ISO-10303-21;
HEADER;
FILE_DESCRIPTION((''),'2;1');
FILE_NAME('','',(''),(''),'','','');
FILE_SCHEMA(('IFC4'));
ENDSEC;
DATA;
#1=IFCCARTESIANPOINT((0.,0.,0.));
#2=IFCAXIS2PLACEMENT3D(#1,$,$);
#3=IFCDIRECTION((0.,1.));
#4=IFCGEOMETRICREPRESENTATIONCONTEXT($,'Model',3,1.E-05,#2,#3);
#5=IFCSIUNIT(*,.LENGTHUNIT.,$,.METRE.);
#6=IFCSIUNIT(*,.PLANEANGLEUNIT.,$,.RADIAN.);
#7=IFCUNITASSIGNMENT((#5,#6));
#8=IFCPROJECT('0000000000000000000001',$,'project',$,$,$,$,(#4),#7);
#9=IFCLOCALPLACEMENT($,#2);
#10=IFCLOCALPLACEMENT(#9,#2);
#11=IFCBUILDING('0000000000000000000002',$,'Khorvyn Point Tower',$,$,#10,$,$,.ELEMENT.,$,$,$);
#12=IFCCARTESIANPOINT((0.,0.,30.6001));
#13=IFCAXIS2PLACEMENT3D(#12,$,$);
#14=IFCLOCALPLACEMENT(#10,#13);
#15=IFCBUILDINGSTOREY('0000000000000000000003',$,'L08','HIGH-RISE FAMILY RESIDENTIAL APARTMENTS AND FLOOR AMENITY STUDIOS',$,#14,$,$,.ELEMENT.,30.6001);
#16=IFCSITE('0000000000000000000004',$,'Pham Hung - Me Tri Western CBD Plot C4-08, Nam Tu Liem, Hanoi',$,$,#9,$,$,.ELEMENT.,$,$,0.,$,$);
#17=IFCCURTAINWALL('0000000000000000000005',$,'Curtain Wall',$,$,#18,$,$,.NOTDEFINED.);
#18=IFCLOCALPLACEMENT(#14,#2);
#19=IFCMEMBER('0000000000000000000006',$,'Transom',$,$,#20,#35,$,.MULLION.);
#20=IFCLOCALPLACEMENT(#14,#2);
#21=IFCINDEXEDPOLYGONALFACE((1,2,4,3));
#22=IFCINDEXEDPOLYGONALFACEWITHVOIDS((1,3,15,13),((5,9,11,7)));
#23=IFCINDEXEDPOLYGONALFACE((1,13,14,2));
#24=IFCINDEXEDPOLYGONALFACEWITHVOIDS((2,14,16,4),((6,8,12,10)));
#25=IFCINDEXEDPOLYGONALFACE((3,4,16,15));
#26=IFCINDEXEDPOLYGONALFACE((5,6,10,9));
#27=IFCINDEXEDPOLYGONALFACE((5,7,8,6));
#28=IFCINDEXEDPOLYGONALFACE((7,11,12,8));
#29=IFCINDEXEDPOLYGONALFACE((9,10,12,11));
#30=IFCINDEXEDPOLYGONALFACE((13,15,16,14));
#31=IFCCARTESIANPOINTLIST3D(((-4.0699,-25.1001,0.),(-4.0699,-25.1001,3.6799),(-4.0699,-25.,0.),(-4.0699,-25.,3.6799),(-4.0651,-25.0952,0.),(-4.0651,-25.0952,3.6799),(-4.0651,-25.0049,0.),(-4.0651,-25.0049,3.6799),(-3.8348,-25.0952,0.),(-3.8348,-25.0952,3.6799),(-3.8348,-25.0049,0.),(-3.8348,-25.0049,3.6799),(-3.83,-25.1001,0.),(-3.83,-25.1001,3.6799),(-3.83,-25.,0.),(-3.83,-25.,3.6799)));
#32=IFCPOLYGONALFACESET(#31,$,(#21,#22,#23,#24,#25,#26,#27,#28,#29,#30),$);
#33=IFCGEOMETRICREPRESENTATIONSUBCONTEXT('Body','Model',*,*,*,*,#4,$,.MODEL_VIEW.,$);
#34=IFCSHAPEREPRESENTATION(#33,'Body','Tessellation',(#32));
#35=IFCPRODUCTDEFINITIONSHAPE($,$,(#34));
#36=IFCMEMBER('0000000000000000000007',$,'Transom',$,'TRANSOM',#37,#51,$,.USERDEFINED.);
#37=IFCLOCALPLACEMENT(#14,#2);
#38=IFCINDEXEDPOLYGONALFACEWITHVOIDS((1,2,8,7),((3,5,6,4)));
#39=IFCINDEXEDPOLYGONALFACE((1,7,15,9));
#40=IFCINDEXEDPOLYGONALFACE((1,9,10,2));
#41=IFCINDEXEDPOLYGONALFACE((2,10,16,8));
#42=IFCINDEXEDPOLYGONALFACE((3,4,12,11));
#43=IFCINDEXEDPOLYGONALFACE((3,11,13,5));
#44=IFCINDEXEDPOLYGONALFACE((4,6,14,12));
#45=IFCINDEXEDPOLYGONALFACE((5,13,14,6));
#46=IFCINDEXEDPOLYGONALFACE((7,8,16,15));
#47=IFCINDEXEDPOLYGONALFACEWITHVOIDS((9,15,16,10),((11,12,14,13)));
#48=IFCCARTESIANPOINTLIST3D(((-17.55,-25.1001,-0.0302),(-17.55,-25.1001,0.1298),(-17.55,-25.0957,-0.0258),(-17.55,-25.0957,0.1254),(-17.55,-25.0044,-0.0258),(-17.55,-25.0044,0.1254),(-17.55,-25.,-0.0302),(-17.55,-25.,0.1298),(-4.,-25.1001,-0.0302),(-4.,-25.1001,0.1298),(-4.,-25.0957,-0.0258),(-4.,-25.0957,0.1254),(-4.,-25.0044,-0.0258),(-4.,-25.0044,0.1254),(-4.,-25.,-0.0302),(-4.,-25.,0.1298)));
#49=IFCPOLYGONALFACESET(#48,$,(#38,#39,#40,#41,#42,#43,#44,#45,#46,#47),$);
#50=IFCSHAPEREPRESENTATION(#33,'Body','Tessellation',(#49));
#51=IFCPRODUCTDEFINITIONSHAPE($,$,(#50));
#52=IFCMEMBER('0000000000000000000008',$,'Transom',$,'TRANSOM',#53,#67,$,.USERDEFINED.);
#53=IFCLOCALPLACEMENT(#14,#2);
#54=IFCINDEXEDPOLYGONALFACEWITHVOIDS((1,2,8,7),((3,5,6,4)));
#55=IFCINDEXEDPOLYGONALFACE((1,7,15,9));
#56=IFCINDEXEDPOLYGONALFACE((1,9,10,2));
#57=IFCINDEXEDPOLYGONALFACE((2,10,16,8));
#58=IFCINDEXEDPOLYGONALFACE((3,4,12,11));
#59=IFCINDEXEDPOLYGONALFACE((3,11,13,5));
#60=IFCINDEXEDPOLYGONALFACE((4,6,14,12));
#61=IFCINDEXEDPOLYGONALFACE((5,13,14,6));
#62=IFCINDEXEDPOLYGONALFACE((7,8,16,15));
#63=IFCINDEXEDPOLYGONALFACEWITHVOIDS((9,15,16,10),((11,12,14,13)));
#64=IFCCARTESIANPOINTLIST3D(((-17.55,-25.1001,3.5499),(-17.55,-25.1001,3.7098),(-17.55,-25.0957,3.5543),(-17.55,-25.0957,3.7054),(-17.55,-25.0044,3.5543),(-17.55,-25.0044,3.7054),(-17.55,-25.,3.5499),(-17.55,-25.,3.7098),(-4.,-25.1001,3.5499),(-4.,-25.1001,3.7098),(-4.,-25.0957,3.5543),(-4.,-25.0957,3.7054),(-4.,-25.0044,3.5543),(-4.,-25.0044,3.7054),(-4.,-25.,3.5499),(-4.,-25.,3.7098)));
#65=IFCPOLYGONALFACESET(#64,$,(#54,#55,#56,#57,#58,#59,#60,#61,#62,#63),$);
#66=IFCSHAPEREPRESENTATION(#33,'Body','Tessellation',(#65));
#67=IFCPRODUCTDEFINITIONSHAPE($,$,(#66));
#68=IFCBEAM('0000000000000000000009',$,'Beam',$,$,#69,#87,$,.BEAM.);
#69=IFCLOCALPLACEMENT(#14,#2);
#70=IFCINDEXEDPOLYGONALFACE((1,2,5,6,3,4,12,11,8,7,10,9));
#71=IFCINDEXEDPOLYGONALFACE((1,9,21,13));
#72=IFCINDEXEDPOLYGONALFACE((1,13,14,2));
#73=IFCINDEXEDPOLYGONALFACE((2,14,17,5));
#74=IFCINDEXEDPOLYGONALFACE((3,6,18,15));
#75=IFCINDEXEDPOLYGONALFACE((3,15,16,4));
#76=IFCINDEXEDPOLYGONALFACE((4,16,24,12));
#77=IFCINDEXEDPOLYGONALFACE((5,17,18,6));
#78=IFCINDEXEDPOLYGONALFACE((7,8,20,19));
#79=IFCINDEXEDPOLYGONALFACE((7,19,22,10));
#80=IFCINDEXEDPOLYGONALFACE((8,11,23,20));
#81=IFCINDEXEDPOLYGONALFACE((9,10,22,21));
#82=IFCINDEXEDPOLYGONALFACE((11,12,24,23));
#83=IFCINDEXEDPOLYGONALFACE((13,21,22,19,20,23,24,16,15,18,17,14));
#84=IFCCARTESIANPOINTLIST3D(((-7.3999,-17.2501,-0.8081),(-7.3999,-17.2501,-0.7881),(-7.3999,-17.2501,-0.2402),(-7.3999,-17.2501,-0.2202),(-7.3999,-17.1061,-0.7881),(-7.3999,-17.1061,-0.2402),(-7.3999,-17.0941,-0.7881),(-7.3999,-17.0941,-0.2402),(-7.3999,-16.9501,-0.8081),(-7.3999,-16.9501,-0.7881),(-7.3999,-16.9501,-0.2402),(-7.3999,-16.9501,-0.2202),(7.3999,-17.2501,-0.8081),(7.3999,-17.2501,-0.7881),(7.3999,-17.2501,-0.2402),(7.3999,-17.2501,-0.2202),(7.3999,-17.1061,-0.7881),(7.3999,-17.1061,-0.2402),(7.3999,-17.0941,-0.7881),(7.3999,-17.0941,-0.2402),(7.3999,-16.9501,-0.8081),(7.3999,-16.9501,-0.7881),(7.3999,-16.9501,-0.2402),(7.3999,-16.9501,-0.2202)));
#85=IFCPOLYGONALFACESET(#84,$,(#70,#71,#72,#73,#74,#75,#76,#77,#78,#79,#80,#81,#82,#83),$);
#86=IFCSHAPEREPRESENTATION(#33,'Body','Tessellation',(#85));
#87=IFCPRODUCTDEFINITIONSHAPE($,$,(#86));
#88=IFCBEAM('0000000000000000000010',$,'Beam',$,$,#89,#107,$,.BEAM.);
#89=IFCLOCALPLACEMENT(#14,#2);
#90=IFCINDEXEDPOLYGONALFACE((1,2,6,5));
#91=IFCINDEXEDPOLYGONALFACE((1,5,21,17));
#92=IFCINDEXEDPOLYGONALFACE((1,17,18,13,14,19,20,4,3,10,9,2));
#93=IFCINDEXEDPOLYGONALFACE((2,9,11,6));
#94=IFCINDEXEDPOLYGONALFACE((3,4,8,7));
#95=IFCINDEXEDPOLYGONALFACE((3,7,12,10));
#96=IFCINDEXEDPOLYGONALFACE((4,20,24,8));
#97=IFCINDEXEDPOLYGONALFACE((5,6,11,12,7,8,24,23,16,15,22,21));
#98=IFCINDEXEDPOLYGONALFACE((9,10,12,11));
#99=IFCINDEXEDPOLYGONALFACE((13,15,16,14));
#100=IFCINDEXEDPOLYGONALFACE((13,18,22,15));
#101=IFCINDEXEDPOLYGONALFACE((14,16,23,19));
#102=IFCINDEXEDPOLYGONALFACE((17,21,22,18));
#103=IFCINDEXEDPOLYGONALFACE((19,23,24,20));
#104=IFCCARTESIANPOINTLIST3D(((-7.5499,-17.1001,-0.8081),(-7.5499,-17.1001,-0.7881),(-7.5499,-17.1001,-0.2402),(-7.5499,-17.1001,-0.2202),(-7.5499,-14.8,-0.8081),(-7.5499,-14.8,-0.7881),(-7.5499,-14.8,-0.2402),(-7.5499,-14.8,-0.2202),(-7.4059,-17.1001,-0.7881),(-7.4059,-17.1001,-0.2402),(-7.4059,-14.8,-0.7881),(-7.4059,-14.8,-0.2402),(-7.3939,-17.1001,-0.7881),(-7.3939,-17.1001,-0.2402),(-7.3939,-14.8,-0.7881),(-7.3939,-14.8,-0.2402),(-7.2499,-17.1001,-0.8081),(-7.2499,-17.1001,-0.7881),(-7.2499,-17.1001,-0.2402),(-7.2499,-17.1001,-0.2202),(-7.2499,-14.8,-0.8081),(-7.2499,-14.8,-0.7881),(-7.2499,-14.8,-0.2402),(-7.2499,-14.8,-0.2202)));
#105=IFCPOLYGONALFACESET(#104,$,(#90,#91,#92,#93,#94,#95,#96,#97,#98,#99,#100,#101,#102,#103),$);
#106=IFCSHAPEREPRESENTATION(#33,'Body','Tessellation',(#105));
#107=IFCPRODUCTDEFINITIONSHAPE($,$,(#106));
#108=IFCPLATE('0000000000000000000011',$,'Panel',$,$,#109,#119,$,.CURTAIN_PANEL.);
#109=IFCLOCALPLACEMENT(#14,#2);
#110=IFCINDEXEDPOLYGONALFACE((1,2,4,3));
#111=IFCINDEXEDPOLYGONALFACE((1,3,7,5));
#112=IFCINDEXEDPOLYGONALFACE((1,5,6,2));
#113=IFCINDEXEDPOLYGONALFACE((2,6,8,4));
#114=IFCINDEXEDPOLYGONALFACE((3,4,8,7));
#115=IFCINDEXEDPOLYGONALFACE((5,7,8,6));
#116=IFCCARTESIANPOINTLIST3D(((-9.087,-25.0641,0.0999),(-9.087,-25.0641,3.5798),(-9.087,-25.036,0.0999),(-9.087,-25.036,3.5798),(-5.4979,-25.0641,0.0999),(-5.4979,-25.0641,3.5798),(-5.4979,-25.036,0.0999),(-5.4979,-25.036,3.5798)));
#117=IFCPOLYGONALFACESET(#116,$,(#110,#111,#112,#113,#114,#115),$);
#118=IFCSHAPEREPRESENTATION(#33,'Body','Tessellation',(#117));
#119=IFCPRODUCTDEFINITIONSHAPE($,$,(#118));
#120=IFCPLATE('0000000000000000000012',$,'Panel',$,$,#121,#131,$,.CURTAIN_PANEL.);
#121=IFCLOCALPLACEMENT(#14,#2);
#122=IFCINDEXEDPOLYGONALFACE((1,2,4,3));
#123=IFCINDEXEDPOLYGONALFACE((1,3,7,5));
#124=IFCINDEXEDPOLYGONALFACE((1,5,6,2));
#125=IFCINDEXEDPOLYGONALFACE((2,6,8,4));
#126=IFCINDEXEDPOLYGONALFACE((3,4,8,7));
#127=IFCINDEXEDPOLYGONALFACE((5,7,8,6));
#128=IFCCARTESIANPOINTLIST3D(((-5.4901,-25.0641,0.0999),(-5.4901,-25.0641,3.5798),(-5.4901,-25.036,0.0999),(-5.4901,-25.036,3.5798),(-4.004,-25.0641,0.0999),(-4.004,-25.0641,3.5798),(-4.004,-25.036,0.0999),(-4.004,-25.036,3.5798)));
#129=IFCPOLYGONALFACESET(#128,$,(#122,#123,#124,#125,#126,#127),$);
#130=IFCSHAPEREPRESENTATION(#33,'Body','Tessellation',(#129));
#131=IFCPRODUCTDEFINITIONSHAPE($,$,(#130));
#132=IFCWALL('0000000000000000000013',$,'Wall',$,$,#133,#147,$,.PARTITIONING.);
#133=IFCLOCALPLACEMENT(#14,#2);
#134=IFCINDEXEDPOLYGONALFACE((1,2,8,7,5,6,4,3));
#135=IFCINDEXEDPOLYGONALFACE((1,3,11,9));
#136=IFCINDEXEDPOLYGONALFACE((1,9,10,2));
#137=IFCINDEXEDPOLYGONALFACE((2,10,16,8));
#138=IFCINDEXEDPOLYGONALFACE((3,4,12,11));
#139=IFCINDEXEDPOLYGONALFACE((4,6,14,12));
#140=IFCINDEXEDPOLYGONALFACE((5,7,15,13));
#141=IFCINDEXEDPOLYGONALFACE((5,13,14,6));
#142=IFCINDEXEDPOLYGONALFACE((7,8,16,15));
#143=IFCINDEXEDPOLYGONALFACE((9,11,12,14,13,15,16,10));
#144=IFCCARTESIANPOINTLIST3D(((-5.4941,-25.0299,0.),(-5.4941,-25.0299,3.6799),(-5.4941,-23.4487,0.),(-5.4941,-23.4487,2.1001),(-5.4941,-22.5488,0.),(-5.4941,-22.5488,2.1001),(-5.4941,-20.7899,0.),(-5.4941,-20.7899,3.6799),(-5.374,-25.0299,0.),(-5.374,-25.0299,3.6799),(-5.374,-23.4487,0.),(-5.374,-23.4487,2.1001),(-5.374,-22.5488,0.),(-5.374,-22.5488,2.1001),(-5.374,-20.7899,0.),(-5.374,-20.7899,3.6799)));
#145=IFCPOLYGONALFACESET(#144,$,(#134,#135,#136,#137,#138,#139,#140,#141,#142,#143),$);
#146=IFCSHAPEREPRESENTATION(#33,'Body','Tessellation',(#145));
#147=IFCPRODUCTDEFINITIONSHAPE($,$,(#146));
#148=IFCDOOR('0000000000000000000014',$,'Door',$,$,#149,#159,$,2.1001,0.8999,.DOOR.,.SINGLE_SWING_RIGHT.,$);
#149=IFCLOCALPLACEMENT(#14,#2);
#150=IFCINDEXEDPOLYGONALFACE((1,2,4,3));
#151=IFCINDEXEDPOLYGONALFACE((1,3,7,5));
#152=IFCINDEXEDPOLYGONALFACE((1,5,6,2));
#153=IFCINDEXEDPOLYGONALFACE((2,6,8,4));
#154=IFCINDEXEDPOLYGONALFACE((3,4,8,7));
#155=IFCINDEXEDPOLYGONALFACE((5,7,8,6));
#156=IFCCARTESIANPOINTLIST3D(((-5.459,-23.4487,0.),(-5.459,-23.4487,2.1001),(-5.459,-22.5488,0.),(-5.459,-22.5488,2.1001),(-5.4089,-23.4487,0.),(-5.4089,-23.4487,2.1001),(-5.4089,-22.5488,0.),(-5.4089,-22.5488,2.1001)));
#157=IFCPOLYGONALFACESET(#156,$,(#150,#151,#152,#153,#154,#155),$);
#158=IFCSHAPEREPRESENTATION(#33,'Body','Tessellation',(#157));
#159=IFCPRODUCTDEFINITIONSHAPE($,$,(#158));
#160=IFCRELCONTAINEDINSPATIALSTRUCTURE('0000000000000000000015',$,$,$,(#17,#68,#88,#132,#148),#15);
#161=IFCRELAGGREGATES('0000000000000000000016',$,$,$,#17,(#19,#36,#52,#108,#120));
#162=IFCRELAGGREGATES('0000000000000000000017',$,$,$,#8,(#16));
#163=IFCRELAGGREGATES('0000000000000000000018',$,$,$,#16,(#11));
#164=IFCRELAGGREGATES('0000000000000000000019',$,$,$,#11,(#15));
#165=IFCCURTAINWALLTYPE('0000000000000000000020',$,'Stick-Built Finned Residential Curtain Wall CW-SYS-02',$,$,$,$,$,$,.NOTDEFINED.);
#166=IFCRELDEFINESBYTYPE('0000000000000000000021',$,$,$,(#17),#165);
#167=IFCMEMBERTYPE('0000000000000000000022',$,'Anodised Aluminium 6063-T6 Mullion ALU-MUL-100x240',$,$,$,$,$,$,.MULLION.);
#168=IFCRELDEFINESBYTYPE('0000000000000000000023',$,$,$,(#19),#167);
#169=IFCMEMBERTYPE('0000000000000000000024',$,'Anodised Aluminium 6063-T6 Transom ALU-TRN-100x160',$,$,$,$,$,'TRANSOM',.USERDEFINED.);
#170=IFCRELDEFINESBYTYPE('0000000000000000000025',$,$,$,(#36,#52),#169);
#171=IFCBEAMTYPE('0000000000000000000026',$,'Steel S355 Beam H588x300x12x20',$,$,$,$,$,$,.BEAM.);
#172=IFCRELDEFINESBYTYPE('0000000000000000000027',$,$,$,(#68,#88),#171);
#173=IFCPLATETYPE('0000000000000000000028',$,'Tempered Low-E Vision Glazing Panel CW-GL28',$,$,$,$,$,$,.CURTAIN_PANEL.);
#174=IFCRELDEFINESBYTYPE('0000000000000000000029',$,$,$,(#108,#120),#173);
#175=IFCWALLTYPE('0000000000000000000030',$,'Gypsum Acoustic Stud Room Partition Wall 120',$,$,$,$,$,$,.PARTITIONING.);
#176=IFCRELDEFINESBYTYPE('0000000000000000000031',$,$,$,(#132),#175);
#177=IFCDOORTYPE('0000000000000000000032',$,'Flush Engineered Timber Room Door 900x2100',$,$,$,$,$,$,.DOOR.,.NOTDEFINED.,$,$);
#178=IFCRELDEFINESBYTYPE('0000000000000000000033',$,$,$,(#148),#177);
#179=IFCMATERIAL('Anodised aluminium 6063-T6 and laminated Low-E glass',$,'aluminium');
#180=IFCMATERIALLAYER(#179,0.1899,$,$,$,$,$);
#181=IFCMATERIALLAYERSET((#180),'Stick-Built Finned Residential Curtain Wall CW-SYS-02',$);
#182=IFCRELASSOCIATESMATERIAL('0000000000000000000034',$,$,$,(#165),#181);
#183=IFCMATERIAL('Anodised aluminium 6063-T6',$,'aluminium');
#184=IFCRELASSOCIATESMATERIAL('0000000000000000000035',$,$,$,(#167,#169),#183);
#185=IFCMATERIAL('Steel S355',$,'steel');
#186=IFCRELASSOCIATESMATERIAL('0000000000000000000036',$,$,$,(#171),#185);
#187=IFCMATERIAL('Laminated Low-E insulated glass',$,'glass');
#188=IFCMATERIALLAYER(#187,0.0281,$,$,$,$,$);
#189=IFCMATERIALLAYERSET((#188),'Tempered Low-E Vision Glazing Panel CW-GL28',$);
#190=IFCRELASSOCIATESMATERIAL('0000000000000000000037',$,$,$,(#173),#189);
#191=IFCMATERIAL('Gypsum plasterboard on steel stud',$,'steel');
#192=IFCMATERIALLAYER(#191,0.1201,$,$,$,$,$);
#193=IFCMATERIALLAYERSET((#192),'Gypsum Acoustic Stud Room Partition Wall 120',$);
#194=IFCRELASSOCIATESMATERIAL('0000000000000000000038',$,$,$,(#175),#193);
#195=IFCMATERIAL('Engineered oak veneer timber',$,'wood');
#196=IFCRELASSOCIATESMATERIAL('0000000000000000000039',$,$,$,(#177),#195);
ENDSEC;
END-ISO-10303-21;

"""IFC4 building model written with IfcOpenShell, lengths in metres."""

from ifc_helpers import new_model, si_unit, direction, frame, frame_2d, origin, origin_2d, place, context, subcontext, project, spatial, rectangle, hollow_rectangle, i_section, extrude, material, layer, layer_set, material_profile, profile_set, type_object, element, fill, aggregate, save


model = new_model("IFC4")

# Units and contexts
model_context = context("Model", 3, precision=1e-05, world=origin(), true_north=direction((0.0, 1.0)))
body_context = subcontext(model_context, "Body", "Model", "MODEL_VIEW")
ifc_project = project(units=[si_unit("LENGTHUNIT", "METRE"), si_unit("PLANEANGLEUNIT", "RADIAN")], contexts=[model_context])

# Site, building, storey
site_placement = place(None, origin())
site = spatial("IfcSite", under=ifc_project, at=site_placement, Name="Pham Hung - Me Tri Western CBD Plot C4-08, Nam Tu Liem, Hanoi", CompositionType="ELEMENT", RefElevation=0.0)
building_placement = place(site_placement, origin())
building = spatial("IfcBuilding", under=site, at=building_placement, Name="Khorvyn Point Tower", CompositionType="ELEMENT")
storey_placement = place(building_placement, frame((0.0, 0.0, 30.6001)))
storey = spatial("IfcBuildingStorey", under=building, at=storey_placement, Name="L08", Description="HIGH-RISE FAMILY RESIDENTIAL APARTMENTS AND FLOOR AMENITY STUDIOS", CompositionType="ELEMENT", Elevation=30.6001)

# Curtain wall, members
ifc_material_1 = material(Name="Anodised aluminium 6063-T6 and laminated Low-E glass", Category="aluminium")
ifc_layer_1 = layer(ifc_material_1, 0.1899)
ifc_layer_set_1 = layer_set([ifc_layer_1], Name="Stick-Built Finned Residential Curtain Wall CW-SYS-02")
curtain_wall_type = type_object("IfcCurtainWallType", Name="Stick-Built Finned Residential Curtain Wall CW-SYS-02", PredefinedType="NOTDEFINED", material=ifc_layer_set_1)
curtain_wall_placement = place(storey_placement, origin())
curtain_wall = element("IfcCurtainWall", 1, at=curtain_wall_placement, inside=storey, type_object=curtain_wall_type, Name="Curtain Wall", PredefinedType="NOTDEFINED")
ifc_material_2 = material(Name="Anodised aluminium 6063-T6", Category="aluminium")
ifc_material_profile_1 = material_profile(ifc_material_2, hollow_rectangle(XDim=0.1001, YDim=0.24, WallThickness=0.0049, at=origin_2d()))
ifc_profile_set_1 = profile_set([ifc_material_profile_1], Name="Anodised aluminium 6063-T6 ALU-MUL-100x240")
member_type_1 = type_object("IfcMemberType", Name="Anodised Aluminium 6063-T6 Mullion ALU-MUL-100x240", PredefinedType="MULLION", material=ifc_profile_set_1)
member_1_placement = place(storey_placement, frame((-3.95, -25.05, 0.0), z_axis=(0.0, 0.0, 1.0), x_axis=(0.0, -1.0, 0.0)))
member_1 = element("IfcMember", 2, at=member_1_placement, type_object=member_type_1, Name="Transom", PredefinedType="MULLION", context=body_context, shape_type="SweptSolid", body=[
    extrude(hollow_rectangle(XDim=0.1001, YDim=0.24, WallThickness=0.0049, at=origin_2d()), origin(), (0.0, 0.0, 1.0), 3.6799),
])
ifc_material_profile_2 = material_profile(ifc_material_2, hollow_rectangle(XDim=0.1001, YDim=0.1599, WallThickness=0.0044, at=origin_2d()))
ifc_profile_set_2 = profile_set([ifc_material_profile_2], Name="Anodised aluminium 6063-T6 ALU-TRN-100x160")
member_type_2 = type_object("IfcMemberType", Name="Anodised Aluminium 6063-T6 Transom ALU-TRN-100x160", ElementType="TRANSOM", PredefinedType="USERDEFINED", material=ifc_profile_set_2)
member_2_placement = place(storey_placement, frame((-4.0, -25.05, 0.0498), z_axis=(-1.0, 0.0, 0.0), x_axis=(0.0, -1.0, 0.0)))
member_2 = element("IfcMember", 3, at=member_2_placement, type_object=member_type_2, Name="Transom", ObjectType="TRANSOM", PredefinedType="USERDEFINED", context=body_context, shape_type="SweptSolid", body=[
    extrude(hollow_rectangle(XDim=0.1001, YDim=0.1599, WallThickness=0.0044, at=origin_2d()), origin(), (0.0, 0.0, 1.0), 13.55),
])
member_3_placement = place(storey_placement, frame((-4.0, -25.05, 3.6299), z_axis=(-1.0, 0.0, 0.0), x_axis=(0.0, -1.0, 0.0)))
member_3 = element("IfcMember", 4, at=member_3_placement, type_object=member_type_2, Name="Transom", ObjectType="TRANSOM", PredefinedType="USERDEFINED", context=body_context, shape_type="SweptSolid", body=[
    extrude(hollow_rectangle(XDim=0.1001, YDim=0.1599, WallThickness=0.0044, at=origin_2d()), origin(), (0.0, 0.0, 1.0), 13.55),
])

# Beams
ifc_material_3 = material(Name="Steel S355", Category="steel")
ifc_material_profile_3 = material_profile(ifc_material_3, i_section(OverallWidth=0.3, OverallDepth=0.5879, WebThickness=0.012, FlangeThickness=0.02, at=origin_2d()))
ifc_profile_set_3 = profile_set([ifc_material_profile_3], Name="Steel S355 H588x300x12x20")
beam_type = type_object("IfcBeamType", Name="Steel S355 Beam H588x300x12x20", PredefinedType="BEAM", material=ifc_profile_set_3)
beam_1_placement = place(storey_placement, frame((-7.3999, -17.1001, -0.5142), z_axis=(1.0, 0.0, 0.0), x_axis=(0.0, 1.0, 0.0)))
element("IfcBeam", 5, at=beam_1_placement, inside=storey, type_object=beam_type, Name="Beam", PredefinedType="BEAM", context=body_context, shape_type="SweptSolid", body=[
    extrude(i_section(OverallWidth=0.3, OverallDepth=0.5879, WebThickness=0.012, FlangeThickness=0.02, at=origin_2d()), origin(), (0.0, 0.0, 1.0), 14.7998),
])
beam_2_placement = place(storey_placement, frame((-7.3999, -17.1001, -0.5142), z_axis=(0.0, 1.0, 0.0), x_axis=(-1.0, 0.0, 0.0)))
element("IfcBeam", 6, at=beam_2_placement, inside=storey, type_object=beam_type, Name="Beam", PredefinedType="BEAM", context=body_context, shape_type="SweptSolid", body=[
    extrude(i_section(OverallWidth=0.3, OverallDepth=0.5879, WebThickness=0.012, FlangeThickness=0.02, at=origin_2d()), origin(), (0.0, 0.0, 1.0), 2.3),
])

# Plates
ifc_material_4 = material(Name="Laminated Low-E insulated glass", Category="glass")
ifc_layer_2 = layer(ifc_material_4, 0.0281)
ifc_layer_set_2 = layer_set([ifc_layer_2], Name="Tempered Low-E Vision Glazing Panel CW-GL28")
plate_type = type_object("IfcPlateType", Name="Tempered Low-E Vision Glazing Panel CW-GL28", PredefinedType="CURTAIN_PANEL", material=ifc_layer_set_2)
plate_1_placement = place(storey_placement, frame((-7.2925, -25.05, 0.0999), z_axis=(0.0, 0.0, 1.0), x_axis=(-1.0, 0.0, 0.0)))
plate_1 = element("IfcPlate", 7, at=plate_1_placement, type_object=plate_type, Name="Panel", PredefinedType="CURTAIN_PANEL", context=body_context, shape_type="SweptSolid", body=[
    extrude(rectangle(XDim=3.5891, YDim=0.0281, at=origin_2d()), origin(), (0.0, 0.0, 1.0), 3.48),
])
plate_2_placement = place(storey_placement, frame((-4.7471, -25.05, 0.0999), z_axis=(0.0, 0.0, 1.0), x_axis=(-1.0, 0.0, 0.0)))
plate_2 = element("IfcPlate", 8, at=plate_2_placement, type_object=plate_type, Name="Panel", PredefinedType="CURTAIN_PANEL", context=body_context, shape_type="SweptSolid", body=[
    extrude(rectangle(XDim=1.4861, YDim=0.0281, at=origin_2d()), origin(), (0.0, 0.0, 1.0), 3.48),
])
aggregate(curtain_wall, [member_1, member_2, member_3, plate_1, plate_2])

# Wall, opening, door
ifc_material_5 = material(Name="Gypsum plasterboard on steel stud", Category="steel")
ifc_layer_3 = layer(ifc_material_5, 0.1201)
ifc_layer_set_3 = layer_set([ifc_layer_3], Name="Gypsum Acoustic Stud Room Partition Wall 120")
wall_type_1 = type_object("IfcWallType", Name="Gypsum Acoustic Stud Room Partition Wall 120", PredefinedType="PARTITIONING", material=ifc_layer_set_3)
wall_1_placement = place(storey_placement, frame((-5.4341, -25.03, 0.0), z_axis=(0.0, 0.0, 1.0), x_axis=(0.0, 1.0, 0.0)))
wall_1 = element("IfcWall", 9, at=wall_1_placement, inside=storey, type_object=wall_type_1, Name="Wall", PredefinedType="PARTITIONING", context=body_context, shape_type="SweptSolid", body=[
    extrude(rectangle(XDim=4.24, YDim=0.1201, at=frame_2d((2.1201, 0.0))), origin(), (0.0, 0.0, 1.0), 3.6799),
])
opening_1_placement = place(wall_1_placement, frame((1.5813, 0.0, 0.0)))
opening_1 = element("IfcOpeningElement", 10, at=opening_1_placement, cuts=wall_1, PredefinedType="OPENING", context=body_context, shape_type="SweptSolid", body=[
    extrude(rectangle(XDim=0.8999, YDim=2.1001, at=frame_2d((0.45, 1.05))), frame((0.0, 0.0701, 0.0), z_axis=(0.0, -1.0, 0.0), x_axis=(1.0, 0.0, 0.0)), (0.0, 0.0, 1.0), 0.1401),
])
ifc_material_6 = material(Name="Engineered oak veneer timber", Category="wood")
door_type_1 = type_object("IfcDoorType", Name="Flush Engineered Timber Room Door 900x2100", OperationType="NOTDEFINED", PredefinedType="DOOR", material=ifc_material_6)
door_1_placement = place(opening_1_placement, origin())
door_1 = element("IfcDoor", 11, at=door_1_placement, inside=storey, type_object=door_type_1, Name="Door", OperationType="SINGLE_SWING_RIGHT", OverallHeight=2.1001, OverallWidth=0.8999, PredefinedType="DOOR", context=body_context, shape_type="SweptSolid", body=[
    extrude(rectangle(XDim=0.8999, YDim=2.1001, at=frame_2d((0.45, 1.05))), frame((0.0, 0.0249, 0.0), z_axis=(0.0, -1.0, 0.0), x_axis=(1.0, 0.0, 0.0)), (0.0, 0.0, 1.0), 0.05),
])
fill(opening_1, door_1)

save(model, "model.ifc")
